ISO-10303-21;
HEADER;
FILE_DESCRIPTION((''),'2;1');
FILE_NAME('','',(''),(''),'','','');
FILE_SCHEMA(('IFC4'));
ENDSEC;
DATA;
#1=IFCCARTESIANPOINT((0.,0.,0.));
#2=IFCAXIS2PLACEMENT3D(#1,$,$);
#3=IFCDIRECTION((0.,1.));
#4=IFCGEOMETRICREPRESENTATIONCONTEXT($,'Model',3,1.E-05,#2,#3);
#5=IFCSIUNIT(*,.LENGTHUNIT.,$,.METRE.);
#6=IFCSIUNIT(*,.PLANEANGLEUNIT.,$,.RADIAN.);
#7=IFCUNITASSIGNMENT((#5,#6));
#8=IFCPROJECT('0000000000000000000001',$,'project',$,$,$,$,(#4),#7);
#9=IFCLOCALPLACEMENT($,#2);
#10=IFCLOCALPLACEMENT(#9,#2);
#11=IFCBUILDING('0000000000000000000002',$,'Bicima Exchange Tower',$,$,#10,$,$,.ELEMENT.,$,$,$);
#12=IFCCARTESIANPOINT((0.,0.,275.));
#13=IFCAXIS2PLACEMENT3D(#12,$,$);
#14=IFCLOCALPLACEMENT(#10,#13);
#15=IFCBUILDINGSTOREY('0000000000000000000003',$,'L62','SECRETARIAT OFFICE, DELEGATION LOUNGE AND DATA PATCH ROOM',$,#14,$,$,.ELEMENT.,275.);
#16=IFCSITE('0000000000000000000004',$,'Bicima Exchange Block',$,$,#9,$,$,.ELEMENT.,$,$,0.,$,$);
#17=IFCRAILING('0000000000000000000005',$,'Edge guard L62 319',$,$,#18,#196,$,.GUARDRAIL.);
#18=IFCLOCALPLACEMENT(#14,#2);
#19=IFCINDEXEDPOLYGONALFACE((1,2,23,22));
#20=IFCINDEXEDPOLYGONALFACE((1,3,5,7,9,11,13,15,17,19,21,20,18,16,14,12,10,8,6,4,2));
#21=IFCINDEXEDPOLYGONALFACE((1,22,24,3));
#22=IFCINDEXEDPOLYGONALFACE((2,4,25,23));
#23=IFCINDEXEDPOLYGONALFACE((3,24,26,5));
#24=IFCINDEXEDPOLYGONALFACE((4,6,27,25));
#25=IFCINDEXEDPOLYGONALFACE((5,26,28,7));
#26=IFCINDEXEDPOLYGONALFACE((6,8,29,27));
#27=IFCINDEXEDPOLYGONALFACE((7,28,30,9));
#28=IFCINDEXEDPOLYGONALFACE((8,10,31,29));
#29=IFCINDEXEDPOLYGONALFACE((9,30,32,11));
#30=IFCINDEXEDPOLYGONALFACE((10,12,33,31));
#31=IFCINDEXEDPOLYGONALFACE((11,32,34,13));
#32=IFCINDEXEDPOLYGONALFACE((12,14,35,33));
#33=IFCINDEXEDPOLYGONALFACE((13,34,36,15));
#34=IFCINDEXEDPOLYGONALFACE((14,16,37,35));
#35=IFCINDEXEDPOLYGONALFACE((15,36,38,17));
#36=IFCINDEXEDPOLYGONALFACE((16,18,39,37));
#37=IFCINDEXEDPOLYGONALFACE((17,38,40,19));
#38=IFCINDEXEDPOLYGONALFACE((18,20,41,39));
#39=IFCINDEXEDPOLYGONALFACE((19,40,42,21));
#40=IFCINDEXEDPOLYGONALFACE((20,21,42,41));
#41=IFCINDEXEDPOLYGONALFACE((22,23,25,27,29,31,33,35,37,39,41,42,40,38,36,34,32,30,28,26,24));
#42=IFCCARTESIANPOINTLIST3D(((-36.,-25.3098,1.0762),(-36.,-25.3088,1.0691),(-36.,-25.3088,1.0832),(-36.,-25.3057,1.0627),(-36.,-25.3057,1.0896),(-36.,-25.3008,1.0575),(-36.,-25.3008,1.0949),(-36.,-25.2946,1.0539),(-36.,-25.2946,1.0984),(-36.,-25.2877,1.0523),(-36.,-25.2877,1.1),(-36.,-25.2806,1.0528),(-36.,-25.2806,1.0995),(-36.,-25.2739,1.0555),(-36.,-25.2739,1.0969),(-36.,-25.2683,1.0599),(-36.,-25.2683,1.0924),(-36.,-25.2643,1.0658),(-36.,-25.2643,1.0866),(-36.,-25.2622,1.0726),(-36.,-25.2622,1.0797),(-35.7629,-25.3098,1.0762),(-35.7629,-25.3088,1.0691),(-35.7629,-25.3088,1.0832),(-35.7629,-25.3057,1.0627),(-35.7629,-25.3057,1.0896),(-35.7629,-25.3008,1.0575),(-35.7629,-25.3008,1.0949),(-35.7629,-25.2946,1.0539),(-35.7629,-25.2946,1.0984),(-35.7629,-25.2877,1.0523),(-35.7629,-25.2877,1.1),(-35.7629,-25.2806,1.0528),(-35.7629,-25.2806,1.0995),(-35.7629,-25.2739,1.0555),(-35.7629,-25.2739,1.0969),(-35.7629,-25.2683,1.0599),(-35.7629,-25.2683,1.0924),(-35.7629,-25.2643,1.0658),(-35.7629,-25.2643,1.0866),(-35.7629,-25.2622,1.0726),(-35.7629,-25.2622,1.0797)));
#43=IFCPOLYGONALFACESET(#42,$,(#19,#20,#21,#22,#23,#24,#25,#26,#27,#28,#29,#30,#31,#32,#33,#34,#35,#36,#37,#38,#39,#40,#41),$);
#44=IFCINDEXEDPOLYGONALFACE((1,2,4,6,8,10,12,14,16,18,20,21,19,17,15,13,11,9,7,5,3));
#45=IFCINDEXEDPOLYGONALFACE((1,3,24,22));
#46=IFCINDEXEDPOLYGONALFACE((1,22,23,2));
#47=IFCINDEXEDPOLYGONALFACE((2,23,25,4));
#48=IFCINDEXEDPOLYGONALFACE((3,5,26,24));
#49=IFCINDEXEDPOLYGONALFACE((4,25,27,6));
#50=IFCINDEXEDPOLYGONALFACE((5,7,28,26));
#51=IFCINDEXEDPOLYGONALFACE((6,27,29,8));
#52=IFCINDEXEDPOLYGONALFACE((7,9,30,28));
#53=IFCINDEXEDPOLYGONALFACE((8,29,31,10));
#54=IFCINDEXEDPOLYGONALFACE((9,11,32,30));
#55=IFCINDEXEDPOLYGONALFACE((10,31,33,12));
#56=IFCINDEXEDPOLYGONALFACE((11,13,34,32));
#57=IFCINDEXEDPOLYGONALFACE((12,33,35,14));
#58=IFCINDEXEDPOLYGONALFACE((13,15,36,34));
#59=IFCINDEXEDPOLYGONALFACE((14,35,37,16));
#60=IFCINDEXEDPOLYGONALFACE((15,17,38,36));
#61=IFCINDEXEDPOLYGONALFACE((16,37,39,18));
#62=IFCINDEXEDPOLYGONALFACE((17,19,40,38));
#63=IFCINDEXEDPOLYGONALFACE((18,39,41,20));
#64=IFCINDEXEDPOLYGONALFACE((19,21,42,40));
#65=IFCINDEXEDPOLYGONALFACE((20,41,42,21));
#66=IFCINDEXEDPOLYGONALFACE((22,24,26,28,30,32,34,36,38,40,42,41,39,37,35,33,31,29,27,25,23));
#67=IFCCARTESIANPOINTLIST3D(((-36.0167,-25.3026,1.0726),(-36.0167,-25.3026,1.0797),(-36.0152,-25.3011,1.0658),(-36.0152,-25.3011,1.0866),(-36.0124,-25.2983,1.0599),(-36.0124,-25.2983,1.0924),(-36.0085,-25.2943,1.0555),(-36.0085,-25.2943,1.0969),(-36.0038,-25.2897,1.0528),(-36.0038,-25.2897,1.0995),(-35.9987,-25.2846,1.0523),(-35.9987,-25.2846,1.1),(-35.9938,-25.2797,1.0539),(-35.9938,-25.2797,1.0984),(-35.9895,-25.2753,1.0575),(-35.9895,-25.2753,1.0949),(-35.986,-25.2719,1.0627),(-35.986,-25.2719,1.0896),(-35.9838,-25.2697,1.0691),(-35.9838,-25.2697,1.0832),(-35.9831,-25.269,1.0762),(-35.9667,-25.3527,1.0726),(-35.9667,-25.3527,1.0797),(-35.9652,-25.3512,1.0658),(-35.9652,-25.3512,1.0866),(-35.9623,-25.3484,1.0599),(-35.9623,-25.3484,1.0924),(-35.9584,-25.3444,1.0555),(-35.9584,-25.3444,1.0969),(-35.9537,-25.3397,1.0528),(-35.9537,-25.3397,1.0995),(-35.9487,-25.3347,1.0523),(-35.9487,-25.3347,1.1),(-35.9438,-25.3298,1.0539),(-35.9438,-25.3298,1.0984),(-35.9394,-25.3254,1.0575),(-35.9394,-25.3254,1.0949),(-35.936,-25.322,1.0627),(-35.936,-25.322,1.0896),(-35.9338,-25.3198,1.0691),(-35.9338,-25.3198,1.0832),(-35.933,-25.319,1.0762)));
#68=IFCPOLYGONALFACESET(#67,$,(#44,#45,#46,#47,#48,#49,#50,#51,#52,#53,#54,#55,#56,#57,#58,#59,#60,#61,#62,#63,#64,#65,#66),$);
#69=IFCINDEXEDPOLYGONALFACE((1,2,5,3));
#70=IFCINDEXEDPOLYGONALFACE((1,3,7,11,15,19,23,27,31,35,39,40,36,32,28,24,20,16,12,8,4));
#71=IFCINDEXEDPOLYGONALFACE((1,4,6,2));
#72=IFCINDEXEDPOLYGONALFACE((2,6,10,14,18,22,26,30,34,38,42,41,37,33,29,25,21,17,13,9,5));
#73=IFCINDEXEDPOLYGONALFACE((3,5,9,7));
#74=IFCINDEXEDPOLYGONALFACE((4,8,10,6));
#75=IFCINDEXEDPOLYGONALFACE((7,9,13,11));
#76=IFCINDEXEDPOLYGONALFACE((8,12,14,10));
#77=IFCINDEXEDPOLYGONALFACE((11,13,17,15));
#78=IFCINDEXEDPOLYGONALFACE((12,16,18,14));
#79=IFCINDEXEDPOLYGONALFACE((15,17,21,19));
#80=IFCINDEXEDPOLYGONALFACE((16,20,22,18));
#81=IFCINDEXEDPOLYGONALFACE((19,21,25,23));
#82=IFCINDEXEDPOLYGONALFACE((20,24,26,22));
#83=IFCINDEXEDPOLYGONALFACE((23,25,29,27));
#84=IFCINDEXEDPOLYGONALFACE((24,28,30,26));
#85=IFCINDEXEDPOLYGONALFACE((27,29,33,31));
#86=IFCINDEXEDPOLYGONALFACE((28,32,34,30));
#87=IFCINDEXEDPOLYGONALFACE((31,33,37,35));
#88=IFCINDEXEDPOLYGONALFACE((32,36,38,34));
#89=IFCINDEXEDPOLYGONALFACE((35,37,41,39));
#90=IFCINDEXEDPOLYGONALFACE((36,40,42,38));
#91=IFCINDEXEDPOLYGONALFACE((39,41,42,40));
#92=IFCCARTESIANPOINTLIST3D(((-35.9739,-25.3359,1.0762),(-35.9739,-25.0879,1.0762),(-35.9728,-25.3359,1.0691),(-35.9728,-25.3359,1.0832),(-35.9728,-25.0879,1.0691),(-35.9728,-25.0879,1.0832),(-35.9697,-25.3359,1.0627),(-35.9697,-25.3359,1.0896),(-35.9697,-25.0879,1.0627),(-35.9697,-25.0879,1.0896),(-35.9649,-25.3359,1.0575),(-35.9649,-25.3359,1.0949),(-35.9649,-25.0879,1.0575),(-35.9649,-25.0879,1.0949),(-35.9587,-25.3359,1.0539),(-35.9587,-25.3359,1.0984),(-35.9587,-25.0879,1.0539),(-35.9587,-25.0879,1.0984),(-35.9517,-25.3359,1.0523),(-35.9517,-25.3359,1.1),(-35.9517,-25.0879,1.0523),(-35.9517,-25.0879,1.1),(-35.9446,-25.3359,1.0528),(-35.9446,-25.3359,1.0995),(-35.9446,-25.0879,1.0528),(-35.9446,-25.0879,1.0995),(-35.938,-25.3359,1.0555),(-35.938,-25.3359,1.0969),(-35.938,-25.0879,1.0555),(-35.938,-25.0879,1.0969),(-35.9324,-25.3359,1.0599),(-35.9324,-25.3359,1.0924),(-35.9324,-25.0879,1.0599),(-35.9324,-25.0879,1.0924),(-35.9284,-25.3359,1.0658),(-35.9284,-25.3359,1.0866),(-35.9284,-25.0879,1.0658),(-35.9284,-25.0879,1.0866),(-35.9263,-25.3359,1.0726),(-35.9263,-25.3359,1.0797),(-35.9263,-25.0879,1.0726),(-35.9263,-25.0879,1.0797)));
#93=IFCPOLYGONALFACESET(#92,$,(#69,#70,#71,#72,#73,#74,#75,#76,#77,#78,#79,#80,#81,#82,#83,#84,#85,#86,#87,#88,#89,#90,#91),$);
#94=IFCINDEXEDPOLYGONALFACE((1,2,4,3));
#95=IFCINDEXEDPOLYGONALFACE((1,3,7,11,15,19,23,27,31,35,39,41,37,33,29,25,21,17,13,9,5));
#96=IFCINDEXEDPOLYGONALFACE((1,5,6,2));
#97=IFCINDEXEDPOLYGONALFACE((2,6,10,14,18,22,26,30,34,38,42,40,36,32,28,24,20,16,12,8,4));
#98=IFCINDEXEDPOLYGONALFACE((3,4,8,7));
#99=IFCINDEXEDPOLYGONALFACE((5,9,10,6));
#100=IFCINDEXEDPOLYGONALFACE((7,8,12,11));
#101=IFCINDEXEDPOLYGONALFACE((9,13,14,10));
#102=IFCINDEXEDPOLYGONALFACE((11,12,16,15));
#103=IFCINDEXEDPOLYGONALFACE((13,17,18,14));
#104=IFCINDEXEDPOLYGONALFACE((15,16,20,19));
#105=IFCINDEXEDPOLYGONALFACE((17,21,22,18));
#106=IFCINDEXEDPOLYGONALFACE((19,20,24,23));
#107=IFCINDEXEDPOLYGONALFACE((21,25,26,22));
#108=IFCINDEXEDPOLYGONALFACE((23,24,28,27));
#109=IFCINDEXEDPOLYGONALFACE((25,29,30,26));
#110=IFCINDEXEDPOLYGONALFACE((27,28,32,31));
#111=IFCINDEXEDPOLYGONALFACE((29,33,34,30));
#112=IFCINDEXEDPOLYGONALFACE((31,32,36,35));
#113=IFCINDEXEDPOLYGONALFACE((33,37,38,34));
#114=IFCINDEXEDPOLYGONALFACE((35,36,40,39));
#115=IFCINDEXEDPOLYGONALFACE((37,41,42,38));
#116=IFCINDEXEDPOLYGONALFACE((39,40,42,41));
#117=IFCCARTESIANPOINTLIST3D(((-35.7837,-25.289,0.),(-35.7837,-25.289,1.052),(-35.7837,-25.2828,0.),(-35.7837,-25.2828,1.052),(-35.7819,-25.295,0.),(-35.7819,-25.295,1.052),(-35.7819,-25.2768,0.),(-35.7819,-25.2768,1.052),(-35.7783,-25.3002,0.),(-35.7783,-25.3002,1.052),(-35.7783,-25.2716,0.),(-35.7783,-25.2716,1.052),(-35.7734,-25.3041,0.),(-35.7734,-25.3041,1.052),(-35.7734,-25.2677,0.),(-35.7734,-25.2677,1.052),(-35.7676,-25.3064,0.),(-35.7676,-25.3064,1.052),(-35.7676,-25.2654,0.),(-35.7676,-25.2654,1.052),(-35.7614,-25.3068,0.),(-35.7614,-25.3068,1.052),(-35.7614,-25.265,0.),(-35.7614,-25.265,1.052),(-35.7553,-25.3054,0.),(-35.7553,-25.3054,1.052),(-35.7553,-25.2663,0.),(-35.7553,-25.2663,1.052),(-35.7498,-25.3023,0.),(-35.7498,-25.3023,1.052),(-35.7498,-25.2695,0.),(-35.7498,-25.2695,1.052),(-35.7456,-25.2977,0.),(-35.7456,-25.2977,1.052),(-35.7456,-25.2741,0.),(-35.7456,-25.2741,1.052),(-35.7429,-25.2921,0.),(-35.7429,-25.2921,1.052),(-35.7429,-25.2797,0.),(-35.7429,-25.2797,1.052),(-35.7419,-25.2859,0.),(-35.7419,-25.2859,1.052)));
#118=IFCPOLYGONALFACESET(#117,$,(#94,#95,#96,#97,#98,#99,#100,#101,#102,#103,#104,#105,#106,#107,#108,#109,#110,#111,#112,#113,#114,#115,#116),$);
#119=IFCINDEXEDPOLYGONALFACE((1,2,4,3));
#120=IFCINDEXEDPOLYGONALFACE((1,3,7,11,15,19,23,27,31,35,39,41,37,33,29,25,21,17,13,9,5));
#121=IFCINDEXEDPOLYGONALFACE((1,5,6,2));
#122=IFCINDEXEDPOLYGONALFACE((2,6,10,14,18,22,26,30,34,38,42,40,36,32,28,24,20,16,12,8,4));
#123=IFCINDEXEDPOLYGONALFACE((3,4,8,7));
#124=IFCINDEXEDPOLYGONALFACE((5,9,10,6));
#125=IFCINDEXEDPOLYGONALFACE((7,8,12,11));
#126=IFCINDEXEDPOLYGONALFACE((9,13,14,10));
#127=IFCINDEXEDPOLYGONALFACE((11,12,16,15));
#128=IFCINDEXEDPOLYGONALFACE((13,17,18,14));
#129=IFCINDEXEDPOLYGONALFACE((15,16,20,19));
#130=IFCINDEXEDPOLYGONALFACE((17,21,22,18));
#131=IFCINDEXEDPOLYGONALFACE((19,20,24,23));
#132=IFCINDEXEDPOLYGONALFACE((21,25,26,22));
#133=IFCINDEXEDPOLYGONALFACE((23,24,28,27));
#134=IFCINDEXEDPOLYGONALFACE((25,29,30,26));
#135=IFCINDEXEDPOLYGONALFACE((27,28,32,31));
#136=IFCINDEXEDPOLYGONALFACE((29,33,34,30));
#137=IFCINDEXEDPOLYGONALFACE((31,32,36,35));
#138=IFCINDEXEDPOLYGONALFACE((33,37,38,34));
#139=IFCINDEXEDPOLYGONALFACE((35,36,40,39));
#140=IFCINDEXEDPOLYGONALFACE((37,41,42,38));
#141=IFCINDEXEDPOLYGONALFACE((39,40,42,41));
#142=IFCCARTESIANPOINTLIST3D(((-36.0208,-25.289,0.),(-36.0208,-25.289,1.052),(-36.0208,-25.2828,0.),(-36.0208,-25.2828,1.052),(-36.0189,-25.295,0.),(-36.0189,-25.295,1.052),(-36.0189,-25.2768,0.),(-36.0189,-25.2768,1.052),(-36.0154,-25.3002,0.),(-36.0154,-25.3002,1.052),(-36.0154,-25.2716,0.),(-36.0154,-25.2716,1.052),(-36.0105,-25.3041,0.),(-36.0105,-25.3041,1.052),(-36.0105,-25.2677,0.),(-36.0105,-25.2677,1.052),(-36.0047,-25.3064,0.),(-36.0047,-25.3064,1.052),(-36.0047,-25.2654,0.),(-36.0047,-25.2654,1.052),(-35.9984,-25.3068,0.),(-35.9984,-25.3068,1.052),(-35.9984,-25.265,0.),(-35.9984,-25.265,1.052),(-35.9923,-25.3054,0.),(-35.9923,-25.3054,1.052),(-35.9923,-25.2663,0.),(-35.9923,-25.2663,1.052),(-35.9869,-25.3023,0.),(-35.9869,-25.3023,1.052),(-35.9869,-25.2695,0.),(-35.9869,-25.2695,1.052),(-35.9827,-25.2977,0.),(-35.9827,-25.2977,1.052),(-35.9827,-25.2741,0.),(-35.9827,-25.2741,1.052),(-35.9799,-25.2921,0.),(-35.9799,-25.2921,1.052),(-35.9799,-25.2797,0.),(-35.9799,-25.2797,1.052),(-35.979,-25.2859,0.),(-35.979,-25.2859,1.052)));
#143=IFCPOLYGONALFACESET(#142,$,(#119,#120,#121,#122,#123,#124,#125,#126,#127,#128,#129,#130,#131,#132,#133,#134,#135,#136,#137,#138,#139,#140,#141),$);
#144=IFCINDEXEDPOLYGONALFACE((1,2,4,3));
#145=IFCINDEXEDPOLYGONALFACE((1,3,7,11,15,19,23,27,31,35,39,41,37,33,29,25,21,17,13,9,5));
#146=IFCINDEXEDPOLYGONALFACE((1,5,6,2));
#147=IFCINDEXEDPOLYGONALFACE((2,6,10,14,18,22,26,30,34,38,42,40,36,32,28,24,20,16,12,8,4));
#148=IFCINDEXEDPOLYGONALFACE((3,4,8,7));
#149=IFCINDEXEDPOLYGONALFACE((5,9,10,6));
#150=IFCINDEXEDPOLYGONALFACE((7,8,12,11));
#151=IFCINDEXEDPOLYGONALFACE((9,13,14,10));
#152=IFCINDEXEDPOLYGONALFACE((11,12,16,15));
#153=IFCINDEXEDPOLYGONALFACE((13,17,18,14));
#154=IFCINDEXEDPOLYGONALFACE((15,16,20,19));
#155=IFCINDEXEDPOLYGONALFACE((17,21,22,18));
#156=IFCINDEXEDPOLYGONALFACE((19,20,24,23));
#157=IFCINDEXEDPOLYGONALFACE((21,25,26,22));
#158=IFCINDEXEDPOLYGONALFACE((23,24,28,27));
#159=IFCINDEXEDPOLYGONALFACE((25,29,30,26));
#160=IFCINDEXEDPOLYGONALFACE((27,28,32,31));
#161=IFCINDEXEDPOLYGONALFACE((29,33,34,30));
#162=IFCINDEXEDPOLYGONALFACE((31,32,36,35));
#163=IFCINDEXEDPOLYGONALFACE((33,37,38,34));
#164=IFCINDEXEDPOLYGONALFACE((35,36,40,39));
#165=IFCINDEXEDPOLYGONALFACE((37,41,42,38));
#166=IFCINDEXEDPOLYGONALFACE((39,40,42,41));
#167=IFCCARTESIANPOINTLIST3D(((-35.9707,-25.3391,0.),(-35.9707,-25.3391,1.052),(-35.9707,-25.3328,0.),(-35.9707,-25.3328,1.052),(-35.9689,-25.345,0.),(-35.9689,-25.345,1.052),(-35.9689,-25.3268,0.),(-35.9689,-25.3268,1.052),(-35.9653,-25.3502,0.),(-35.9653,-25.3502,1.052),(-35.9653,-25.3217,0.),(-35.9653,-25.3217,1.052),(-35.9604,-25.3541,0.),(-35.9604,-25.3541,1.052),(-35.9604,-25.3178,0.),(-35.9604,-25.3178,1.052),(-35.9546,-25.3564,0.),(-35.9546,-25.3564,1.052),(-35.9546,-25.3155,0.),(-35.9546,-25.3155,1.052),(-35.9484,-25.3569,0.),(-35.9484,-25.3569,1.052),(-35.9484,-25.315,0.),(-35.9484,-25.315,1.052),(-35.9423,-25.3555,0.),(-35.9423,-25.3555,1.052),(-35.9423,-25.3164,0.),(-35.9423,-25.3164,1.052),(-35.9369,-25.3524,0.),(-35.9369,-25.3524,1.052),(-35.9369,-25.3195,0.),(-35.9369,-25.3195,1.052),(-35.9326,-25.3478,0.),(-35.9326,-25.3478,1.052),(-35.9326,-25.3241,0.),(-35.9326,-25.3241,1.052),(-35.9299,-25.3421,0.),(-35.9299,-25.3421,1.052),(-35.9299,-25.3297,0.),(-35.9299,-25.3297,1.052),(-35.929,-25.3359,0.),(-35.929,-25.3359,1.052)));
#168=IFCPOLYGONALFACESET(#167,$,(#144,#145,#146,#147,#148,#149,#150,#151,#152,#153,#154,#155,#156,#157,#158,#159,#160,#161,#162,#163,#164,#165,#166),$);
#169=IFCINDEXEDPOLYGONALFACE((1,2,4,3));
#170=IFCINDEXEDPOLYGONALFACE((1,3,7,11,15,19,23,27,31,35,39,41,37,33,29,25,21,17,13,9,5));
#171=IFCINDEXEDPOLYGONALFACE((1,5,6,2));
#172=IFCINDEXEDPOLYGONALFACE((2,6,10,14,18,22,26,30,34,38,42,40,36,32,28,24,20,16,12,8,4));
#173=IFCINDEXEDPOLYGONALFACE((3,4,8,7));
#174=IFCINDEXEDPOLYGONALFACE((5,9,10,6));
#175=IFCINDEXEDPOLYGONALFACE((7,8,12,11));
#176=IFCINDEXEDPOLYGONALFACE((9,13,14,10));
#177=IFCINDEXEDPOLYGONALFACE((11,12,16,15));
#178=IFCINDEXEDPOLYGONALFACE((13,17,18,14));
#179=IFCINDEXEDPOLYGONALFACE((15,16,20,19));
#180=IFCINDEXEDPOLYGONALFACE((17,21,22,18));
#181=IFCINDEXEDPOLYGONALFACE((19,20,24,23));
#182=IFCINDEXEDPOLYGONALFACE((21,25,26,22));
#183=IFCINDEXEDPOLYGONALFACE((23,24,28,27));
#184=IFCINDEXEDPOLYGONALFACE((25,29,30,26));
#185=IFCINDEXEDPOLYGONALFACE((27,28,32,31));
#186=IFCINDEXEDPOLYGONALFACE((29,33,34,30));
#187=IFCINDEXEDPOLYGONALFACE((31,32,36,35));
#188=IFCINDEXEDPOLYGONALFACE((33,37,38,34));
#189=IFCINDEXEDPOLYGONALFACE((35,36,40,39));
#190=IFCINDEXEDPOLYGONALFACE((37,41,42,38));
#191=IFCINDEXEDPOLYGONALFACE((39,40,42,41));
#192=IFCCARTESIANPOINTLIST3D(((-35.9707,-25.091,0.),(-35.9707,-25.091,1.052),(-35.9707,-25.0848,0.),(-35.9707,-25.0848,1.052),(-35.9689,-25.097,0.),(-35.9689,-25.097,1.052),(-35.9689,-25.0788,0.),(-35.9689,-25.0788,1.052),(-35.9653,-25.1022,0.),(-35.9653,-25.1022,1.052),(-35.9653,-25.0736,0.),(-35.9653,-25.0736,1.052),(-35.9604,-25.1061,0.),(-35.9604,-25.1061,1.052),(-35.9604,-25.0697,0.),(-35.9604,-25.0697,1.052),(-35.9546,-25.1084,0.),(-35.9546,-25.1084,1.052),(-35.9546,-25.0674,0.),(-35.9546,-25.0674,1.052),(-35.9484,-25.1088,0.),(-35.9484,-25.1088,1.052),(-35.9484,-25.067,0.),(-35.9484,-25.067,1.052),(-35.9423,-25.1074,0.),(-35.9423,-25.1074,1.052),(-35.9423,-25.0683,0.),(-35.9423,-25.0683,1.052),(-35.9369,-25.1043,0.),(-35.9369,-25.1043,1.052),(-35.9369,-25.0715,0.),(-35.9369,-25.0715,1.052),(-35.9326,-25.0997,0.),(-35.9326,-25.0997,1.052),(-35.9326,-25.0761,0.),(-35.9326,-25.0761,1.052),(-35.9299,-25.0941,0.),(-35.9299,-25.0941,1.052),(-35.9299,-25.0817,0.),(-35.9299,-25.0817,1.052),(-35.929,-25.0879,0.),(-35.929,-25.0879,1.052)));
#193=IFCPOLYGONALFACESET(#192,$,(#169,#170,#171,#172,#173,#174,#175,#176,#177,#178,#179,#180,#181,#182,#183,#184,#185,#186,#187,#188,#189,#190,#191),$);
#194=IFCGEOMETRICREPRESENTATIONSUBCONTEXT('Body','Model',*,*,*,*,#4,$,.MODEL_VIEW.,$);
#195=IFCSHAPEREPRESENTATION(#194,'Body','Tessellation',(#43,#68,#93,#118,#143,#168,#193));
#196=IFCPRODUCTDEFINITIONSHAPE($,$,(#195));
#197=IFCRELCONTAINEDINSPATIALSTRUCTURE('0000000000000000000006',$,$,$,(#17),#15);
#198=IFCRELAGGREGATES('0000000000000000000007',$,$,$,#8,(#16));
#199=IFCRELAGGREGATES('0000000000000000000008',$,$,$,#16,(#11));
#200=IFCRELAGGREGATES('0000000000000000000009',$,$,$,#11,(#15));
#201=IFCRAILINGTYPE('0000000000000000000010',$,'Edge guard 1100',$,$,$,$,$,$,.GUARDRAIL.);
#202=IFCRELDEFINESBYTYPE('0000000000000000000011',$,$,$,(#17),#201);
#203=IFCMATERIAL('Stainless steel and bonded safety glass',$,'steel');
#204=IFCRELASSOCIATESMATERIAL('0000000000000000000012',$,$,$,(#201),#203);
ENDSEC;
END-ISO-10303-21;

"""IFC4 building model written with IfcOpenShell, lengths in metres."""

from ifc_helpers import new_model, si_unit, direction, frame, origin, origin_2d, place, context, subcontext, project, spatial, circle, extrude, material, type_object, element, save


model = new_model("IFC4")

# Units and contexts
model_context = context("Model", 3, precision=1e-05, world=origin(), true_north=direction((0.0, 1.0)))
body_context = subcontext(model_context, "Body", "Model", "MODEL_VIEW")
ifc_project = project(units=[si_unit("LENGTHUNIT", "METRE"), si_unit("PLANEANGLEUNIT", "RADIAN")], contexts=[model_context])

# Site, building, storey
site_placement = place(None, origin())
site = spatial("IfcSite", under=ifc_project, at=site_placement, Name="Bicima Exchange Block", CompositionType="ELEMENT", RefElevation=0.0)
building_placement = place(site_placement, origin())
building = spatial("IfcBuilding", under=site, at=building_placement, Name="Bicima Exchange Tower", CompositionType="ELEMENT")
storey_placement = place(building_placement, frame((0.0, 0.0, 275.0)))
storey = spatial("IfcBuildingStorey", under=building, at=storey_placement, Name="L62", Description="SECRETARIAT OFFICE, DELEGATION LOUNGE AND DATA PATCH ROOM", CompositionType="ELEMENT", Elevation=275.0)

# Railing
ifc_material_1 = material(Name="Stainless steel and bonded safety glass", Category="steel")
railing_type = type_object("IfcRailingType", Name="Edge guard 1100", PredefinedType="GUARDRAIL", material=ifc_material_1)
railing_1_placement = place(storey_placement, frame((-35.7629, -25.2859, 0.0)))
element("IfcRailing", 1, at=railing_1_placement, inside=storey, type_object=railing_type, Name="Edge guard L62 319", PredefinedType="GUARDRAIL", context=body_context, shape_type="SweptSolid", body=[
    extrude(circle(Radius=0.0239, at=origin_2d()), frame((0.0, 0.0, 1.0762), z_axis=(-1.0, 0.0, 0.0), x_axis=(0.0, -1.0, 0.0)), (0.0, 0.0, 1.0), 0.2371),
    extrude(circle(Radius=0.0239, at=origin_2d()), frame((-0.2371, 0.0, 1.0762), z_axis=(0.707107, -0.707107, 0.0), x_axis=(0.707107, 0.707107, 0.0)), (0.0, 0.0, 1.0), 0.0708),
    extrude(circle(Radius=0.0239, at=origin_2d()), frame((-0.187, -0.05, 1.0762), z_axis=(0.0, 1.0, 0.0), x_axis=(-1.0, 0.0, 0.0)), (0.0, 0.0, 1.0), 0.248),
    extrude(circle(Radius=0.021, at=origin_2d()), origin(), (0.0, 0.0, 1.0), 1.052),
    extrude(circle(Radius=0.021, at=origin_2d()), frame((-0.2371, 0.0, 0.0)), (0.0, 0.0, 1.0), 1.052),
    extrude(circle(Radius=0.021, at=origin_2d()), frame((-0.187, -0.05, 0.0)), (0.0, 0.0, 1.0), 1.052),
    extrude(circle(Radius=0.021, at=origin_2d()), frame((-0.187, 0.198, 0.0)), (0.0, 0.0, 1.0), 1.052),
])

save(model, "model.ifc")
